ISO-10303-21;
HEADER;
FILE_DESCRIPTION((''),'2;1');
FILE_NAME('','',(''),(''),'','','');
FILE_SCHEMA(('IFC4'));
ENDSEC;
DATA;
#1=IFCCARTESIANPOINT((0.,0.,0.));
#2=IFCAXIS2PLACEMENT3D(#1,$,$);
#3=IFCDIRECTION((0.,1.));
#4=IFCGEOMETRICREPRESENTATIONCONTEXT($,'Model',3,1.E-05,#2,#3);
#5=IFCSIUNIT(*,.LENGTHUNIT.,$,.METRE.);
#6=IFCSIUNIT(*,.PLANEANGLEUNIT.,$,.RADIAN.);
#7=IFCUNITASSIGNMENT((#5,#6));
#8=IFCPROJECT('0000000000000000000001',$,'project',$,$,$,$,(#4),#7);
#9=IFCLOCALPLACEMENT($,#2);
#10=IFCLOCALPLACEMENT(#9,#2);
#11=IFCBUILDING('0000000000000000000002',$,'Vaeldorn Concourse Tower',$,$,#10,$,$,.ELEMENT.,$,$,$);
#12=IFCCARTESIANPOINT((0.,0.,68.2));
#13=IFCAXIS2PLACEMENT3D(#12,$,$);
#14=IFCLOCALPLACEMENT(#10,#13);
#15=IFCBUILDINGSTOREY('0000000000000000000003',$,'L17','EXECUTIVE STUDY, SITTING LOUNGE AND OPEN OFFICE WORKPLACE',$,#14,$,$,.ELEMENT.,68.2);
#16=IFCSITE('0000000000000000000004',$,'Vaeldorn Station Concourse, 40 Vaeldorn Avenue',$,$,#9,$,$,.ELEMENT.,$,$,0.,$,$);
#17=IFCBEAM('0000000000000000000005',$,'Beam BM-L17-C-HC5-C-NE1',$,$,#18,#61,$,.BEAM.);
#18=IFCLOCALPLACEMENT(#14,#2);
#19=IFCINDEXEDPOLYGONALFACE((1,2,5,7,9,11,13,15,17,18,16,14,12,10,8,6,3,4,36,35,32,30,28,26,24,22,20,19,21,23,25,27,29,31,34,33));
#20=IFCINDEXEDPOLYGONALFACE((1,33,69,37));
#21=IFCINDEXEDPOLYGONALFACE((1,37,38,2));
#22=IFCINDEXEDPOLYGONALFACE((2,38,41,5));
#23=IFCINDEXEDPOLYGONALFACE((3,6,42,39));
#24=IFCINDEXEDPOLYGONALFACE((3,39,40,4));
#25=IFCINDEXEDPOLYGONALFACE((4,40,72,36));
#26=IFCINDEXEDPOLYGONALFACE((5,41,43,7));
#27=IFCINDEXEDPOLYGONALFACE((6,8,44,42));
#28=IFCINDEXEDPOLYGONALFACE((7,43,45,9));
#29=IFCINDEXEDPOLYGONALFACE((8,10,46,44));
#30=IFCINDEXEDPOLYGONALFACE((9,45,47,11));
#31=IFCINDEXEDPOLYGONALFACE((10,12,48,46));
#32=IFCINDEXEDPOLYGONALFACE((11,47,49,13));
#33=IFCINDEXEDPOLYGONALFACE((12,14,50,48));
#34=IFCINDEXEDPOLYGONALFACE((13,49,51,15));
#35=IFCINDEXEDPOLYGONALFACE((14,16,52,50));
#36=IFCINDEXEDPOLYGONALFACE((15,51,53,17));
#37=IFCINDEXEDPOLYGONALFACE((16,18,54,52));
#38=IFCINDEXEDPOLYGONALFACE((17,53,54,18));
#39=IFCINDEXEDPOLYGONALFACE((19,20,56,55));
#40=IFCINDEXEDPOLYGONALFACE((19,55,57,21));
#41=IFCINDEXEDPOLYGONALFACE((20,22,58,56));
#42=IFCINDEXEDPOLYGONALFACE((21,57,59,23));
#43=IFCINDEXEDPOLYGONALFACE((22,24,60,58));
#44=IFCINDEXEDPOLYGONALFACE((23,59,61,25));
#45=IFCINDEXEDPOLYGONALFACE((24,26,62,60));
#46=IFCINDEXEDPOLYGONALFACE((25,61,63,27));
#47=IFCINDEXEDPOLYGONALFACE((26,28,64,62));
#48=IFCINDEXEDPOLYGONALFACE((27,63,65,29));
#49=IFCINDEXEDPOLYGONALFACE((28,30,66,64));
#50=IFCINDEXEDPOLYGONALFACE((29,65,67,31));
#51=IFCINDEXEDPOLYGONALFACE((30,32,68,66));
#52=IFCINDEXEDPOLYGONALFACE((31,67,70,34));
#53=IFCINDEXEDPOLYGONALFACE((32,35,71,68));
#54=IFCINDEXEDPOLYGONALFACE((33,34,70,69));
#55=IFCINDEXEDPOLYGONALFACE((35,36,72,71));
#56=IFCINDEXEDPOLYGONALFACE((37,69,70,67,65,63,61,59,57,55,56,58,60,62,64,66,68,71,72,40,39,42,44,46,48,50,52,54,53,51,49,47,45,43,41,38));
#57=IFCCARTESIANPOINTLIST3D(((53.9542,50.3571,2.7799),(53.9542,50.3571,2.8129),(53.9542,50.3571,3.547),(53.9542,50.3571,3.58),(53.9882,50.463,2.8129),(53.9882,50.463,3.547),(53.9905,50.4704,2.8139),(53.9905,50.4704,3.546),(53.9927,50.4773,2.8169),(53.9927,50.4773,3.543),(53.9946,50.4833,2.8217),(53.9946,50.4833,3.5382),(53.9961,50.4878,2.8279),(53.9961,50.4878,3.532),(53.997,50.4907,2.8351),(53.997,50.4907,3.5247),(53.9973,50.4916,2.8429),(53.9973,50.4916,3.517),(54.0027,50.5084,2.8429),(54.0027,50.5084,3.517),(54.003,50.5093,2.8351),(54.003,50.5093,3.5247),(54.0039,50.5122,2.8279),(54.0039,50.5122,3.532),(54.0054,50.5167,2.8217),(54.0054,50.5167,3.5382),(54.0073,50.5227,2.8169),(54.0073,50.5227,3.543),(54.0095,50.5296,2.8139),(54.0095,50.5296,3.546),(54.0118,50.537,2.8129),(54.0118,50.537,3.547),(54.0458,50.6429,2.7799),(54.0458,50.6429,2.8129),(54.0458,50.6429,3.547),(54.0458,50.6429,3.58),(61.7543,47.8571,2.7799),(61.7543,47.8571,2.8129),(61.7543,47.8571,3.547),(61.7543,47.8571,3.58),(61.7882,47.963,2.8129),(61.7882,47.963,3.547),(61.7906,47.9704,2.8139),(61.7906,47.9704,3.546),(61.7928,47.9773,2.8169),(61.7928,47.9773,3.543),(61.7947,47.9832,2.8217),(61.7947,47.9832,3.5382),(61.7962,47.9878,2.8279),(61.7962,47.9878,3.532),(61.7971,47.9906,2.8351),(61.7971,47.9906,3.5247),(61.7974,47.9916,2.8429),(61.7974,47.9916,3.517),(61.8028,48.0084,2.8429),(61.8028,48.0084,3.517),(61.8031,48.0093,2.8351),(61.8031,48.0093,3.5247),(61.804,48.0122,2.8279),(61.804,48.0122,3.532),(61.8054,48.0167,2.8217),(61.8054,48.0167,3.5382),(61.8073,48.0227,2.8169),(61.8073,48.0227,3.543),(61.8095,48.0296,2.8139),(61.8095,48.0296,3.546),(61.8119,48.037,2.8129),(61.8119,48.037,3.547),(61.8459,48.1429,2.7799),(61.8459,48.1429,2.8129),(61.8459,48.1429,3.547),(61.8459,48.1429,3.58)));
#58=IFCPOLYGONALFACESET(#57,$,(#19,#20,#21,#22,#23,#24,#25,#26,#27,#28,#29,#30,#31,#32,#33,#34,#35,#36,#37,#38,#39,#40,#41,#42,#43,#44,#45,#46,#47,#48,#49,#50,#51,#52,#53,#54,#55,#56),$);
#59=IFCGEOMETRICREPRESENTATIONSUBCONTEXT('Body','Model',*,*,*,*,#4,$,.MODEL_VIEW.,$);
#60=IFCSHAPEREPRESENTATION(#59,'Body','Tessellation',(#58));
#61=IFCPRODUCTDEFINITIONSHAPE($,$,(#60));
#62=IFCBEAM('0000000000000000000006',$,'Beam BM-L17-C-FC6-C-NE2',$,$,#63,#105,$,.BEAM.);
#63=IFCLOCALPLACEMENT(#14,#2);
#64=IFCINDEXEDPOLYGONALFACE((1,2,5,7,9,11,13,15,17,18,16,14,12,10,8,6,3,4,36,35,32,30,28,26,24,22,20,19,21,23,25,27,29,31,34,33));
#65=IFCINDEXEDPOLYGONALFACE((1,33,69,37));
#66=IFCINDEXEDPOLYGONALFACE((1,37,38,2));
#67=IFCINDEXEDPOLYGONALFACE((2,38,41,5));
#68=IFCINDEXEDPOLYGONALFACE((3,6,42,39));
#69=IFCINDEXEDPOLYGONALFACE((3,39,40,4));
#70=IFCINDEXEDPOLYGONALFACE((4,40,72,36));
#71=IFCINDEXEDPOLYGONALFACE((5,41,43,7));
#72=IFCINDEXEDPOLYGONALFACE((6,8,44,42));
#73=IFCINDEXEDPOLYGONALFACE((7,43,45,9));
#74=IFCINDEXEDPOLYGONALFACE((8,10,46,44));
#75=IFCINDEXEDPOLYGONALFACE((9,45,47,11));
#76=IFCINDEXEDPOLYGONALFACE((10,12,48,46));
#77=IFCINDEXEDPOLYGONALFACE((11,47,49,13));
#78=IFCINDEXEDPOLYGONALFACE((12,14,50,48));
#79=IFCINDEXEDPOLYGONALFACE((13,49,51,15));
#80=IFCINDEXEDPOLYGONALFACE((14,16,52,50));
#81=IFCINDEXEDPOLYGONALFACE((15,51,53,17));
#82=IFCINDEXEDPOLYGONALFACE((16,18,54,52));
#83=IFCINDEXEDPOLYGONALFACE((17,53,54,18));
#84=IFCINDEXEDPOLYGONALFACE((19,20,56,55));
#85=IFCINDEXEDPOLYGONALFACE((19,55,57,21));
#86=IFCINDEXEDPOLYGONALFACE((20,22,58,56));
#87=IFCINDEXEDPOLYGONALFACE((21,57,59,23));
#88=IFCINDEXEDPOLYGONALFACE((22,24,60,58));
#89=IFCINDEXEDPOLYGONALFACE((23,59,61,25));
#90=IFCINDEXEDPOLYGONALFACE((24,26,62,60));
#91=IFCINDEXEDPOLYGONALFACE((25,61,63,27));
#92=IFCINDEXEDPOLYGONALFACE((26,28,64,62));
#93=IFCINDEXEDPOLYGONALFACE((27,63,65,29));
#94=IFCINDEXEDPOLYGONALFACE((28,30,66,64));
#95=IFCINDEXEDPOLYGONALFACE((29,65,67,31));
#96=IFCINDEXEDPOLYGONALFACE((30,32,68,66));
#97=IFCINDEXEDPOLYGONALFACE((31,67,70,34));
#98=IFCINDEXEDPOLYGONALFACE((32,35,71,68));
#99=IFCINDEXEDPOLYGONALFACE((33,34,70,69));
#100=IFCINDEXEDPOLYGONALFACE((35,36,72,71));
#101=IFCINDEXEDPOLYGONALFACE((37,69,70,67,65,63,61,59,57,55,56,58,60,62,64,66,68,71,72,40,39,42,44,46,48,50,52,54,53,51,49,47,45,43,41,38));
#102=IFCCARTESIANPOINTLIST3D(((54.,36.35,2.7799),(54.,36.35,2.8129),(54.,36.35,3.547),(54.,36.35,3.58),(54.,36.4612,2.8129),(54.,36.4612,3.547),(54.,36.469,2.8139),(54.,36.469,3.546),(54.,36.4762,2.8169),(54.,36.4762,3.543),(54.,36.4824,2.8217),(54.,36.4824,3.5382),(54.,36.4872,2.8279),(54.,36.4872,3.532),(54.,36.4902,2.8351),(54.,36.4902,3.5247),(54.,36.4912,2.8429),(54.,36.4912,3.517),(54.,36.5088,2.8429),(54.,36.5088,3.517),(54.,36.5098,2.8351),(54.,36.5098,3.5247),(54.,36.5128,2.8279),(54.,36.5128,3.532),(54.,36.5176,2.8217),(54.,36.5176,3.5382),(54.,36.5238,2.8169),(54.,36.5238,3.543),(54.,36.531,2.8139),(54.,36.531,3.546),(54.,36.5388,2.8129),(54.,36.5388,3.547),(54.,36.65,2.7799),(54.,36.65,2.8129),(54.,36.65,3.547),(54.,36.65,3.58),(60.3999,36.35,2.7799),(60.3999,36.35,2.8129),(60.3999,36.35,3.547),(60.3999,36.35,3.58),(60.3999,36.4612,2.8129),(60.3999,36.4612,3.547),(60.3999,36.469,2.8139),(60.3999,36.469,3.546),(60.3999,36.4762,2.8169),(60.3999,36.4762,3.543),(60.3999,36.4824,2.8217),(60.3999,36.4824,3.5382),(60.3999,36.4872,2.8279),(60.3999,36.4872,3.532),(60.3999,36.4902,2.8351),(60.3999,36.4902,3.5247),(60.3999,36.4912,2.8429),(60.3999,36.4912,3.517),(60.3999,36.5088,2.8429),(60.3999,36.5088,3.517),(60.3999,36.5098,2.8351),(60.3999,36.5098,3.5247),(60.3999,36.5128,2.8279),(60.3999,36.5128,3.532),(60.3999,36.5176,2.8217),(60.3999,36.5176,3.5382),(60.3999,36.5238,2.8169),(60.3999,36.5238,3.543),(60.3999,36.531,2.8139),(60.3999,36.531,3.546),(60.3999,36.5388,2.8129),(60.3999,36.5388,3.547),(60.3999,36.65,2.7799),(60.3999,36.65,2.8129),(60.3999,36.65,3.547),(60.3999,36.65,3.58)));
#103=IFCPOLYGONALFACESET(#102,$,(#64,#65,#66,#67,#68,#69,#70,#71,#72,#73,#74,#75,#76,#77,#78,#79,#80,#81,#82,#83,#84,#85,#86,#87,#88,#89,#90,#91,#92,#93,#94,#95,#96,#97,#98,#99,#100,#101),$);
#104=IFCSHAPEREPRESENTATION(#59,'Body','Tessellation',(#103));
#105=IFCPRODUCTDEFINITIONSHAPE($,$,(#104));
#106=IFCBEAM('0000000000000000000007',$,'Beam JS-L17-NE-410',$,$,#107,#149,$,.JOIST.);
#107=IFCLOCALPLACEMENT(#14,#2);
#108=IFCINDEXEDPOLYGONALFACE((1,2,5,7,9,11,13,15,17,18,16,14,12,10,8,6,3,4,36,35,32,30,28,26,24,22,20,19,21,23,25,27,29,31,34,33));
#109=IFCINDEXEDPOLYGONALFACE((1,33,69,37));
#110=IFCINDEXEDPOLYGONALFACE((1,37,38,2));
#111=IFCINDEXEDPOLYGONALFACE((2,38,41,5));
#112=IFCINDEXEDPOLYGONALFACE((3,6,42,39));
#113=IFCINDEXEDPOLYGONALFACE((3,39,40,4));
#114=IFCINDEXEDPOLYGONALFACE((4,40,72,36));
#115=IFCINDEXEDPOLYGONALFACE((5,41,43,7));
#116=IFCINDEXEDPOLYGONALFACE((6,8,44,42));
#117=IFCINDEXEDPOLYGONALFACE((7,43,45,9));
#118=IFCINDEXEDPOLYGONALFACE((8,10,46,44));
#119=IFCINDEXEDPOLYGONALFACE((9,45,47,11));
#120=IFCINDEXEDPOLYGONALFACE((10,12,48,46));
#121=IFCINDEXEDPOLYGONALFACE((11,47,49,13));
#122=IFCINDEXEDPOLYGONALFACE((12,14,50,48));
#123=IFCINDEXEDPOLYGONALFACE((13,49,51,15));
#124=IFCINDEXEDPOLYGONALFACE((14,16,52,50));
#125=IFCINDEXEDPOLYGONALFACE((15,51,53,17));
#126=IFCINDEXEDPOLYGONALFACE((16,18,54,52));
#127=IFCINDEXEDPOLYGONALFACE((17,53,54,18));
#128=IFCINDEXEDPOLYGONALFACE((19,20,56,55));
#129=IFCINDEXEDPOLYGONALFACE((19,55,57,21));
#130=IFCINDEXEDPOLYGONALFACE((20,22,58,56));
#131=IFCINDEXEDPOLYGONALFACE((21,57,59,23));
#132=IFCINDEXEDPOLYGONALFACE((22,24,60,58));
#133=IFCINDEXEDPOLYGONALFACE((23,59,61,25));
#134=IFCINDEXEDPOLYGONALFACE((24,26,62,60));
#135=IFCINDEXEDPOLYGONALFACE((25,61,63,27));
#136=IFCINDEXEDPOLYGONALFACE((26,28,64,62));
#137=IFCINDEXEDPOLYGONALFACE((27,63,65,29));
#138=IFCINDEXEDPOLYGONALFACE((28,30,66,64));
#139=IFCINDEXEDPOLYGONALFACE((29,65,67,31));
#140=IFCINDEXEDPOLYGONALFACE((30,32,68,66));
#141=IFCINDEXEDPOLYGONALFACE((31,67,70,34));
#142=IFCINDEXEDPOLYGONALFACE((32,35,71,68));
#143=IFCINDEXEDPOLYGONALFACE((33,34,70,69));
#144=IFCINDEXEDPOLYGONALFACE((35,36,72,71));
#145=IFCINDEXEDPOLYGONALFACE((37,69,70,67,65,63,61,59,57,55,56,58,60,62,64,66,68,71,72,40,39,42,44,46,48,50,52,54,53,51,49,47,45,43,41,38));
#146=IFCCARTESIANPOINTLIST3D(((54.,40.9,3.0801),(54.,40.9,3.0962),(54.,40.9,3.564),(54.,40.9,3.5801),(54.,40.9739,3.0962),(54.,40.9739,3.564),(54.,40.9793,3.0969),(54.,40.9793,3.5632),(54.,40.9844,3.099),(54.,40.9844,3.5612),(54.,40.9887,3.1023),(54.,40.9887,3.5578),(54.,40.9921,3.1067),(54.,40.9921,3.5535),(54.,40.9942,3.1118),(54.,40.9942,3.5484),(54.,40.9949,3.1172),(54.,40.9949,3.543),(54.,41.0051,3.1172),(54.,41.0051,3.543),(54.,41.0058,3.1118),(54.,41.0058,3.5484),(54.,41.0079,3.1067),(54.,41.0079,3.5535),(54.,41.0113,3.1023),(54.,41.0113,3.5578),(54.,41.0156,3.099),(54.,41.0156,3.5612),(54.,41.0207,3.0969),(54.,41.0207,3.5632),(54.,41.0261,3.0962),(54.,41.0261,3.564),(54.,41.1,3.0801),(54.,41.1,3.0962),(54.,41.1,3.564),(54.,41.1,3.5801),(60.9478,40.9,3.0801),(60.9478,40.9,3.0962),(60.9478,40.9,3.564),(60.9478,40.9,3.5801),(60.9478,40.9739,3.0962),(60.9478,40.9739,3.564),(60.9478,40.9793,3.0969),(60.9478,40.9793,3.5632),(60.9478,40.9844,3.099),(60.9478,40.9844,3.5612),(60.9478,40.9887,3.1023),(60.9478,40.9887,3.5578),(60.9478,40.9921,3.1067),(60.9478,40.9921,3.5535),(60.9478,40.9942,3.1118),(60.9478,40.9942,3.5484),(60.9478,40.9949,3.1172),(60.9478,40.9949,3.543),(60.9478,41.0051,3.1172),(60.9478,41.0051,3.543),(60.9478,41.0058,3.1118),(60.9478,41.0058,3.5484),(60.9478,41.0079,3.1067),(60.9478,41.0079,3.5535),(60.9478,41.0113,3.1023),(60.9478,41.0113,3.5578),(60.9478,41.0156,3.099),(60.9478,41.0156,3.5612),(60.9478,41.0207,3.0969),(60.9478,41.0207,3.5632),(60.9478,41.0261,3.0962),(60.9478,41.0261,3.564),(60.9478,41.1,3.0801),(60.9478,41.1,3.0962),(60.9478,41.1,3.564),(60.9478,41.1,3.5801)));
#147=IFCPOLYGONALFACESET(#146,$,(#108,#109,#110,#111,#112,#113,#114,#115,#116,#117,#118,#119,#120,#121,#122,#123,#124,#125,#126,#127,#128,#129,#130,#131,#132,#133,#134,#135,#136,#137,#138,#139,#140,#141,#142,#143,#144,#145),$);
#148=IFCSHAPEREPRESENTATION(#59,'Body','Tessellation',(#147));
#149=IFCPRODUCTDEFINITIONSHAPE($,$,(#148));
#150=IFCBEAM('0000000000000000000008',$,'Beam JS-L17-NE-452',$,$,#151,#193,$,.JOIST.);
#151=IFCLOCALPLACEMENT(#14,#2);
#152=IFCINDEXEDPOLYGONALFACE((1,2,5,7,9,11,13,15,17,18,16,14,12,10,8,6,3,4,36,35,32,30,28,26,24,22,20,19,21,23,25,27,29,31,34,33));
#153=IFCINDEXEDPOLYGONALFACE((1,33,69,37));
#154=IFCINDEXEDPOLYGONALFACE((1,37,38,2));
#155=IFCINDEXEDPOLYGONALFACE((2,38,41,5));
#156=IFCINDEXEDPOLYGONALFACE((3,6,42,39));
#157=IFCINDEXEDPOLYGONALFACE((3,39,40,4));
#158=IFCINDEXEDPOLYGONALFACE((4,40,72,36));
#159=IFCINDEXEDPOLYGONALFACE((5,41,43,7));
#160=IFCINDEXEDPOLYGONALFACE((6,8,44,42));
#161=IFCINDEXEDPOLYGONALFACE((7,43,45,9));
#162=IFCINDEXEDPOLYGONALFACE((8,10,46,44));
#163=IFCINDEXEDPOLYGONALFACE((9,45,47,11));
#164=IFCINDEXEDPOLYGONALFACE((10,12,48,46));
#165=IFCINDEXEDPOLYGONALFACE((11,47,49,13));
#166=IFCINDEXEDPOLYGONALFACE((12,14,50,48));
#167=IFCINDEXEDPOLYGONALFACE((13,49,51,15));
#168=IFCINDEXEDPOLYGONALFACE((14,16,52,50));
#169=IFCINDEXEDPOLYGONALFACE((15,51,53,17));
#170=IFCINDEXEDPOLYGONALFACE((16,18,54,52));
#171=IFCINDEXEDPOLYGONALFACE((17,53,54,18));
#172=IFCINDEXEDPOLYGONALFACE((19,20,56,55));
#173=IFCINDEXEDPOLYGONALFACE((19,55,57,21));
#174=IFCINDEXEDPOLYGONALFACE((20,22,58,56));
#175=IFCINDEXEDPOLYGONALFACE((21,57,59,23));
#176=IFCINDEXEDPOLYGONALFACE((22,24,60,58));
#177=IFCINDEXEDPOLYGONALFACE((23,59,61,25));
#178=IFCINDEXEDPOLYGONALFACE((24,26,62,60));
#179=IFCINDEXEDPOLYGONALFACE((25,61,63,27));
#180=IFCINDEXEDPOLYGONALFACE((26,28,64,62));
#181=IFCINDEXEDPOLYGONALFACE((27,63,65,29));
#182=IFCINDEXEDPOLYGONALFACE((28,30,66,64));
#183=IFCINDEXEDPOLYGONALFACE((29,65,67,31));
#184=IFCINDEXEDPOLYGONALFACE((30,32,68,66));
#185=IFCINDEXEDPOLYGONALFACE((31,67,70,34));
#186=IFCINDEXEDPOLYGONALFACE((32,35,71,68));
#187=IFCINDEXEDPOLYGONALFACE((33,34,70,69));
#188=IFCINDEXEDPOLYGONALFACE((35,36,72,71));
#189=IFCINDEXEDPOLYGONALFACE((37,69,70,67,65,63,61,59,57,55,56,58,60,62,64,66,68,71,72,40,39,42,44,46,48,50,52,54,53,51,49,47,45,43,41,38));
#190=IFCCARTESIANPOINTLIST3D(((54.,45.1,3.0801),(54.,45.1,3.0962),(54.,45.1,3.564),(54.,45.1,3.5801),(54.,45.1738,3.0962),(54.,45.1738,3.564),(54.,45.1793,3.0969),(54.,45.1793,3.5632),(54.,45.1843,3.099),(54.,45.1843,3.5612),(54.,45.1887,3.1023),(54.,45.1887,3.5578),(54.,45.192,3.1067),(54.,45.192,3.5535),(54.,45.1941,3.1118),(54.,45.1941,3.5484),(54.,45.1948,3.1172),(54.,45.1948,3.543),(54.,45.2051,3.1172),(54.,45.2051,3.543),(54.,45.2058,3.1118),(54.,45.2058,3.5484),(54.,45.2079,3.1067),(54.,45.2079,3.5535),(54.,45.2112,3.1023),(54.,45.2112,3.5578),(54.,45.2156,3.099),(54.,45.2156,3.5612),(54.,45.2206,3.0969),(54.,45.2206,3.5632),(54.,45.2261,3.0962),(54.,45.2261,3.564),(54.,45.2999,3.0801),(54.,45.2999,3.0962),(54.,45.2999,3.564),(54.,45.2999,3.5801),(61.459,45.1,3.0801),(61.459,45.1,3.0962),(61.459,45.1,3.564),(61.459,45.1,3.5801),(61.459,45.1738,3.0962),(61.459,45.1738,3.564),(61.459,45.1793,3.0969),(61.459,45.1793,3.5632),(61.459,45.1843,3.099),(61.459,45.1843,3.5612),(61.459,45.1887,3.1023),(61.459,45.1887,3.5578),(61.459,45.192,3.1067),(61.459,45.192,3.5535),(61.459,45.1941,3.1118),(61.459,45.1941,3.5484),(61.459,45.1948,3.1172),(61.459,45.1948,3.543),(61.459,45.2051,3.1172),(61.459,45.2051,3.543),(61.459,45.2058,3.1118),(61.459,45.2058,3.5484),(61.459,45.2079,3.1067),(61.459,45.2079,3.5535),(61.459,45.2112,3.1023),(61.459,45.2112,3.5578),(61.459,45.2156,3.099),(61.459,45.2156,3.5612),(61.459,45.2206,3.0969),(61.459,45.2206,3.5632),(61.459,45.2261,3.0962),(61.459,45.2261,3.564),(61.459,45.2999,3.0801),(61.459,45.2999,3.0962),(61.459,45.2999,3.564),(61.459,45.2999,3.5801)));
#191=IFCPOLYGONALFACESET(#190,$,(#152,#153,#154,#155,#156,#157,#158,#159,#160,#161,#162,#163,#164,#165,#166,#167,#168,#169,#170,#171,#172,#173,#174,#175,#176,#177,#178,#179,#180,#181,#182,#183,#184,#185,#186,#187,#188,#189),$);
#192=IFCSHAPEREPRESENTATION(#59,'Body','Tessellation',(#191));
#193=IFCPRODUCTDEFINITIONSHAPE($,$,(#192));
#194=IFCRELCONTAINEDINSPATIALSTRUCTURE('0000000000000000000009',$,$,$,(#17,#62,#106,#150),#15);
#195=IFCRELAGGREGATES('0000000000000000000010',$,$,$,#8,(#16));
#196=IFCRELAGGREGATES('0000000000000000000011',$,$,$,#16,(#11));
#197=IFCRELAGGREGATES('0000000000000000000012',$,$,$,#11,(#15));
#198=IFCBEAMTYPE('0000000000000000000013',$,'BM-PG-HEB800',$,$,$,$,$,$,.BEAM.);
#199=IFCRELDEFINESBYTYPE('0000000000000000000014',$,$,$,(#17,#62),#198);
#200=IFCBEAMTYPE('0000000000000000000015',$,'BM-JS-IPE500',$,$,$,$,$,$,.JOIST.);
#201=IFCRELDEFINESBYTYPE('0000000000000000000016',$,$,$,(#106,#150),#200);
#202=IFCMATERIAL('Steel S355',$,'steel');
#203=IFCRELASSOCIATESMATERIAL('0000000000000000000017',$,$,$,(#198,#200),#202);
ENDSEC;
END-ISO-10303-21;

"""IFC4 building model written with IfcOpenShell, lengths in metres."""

from ifc_helpers import new_model, si_unit, direction, frame, origin, origin_2d, place, context, subcontext, project, spatial, i_section, extrude, source, transform, mapped, material, material_profile, profile_set, type_object, element, save


model = new_model("IFC4")

# Units and contexts
model_context = context("Model", 3, precision=1e-05, world=origin(), true_north=direction((0.0, 1.0)))
body_context = subcontext(model_context, "Body", "Model", "MODEL_VIEW")
ifc_project = project(units=[si_unit("LENGTHUNIT", "METRE"), si_unit("PLANEANGLEUNIT", "RADIAN")], contexts=[model_context])

# Site, building, storey
site_placement = place(None, origin())
site = spatial("IfcSite", under=ifc_project, at=site_placement, Name="Vaeldorn Station Concourse, 40 Vaeldorn Avenue", CompositionType="ELEMENT", RefElevation=0.0)
building_placement = place(site_placement, origin())
building = spatial("IfcBuilding", under=site, at=building_placement, Name="Vaeldorn Concourse Tower", CompositionType="ELEMENT")
storey_placement = place(building_placement, frame((0.0, 0.0, 68.2)))
storey = spatial("IfcBuildingStorey", under=building, at=storey_placement, Name="L17", Description="EXECUTIVE STUDY, SITTING LOUNGE AND OPEN OFFICE WORKPLACE", CompositionType="ELEMENT", Elevation=68.2)

# Beams
ifc_material_1 = material(Name="Steel S355", Category="steel")
ifc_material_profile_1 = material_profile(ifc_material_1, i_section(OverallWidth=0.3, OverallDepth=0.8, WebThickness=0.0176, FlangeThickness=0.033, FilletRadius=0.03, at=origin_2d()), Name="HEB 800")
ifc_profile_set_1 = profile_set([ifc_material_profile_1], Name="Steel S355")
beam_type_1 = type_object("IfcBeamType", Name="BM-PG-HEB800", PredefinedType="BEAM", material=ifc_profile_set_1)
shared_shape_1 = source(origin(), body_context, "Body", "SweptSolid", [
    extrude(i_section(OverallWidth=0.3, OverallDepth=0.8, WebThickness=0.0176, FlangeThickness=0.033, FilletRadius=0.03, at=origin_2d()), origin(), (0.0, 0.0, 1.0), 8.1909),
])
beam_1_placement = place(storey_placement, frame((54.0, 50.5, 3.1799), z_axis=(0.952283, -0.305217, 0.0), x_axis=(0.305217, 0.952283, 0.0)))
element("IfcBeam", 1, at=beam_1_placement, inside=storey, type_object=beam_type_1, Name="Beam BM-L17-C-HC5-C-NE1", PredefinedType="BEAM", context=body_context, shape_type="MappedRepresentation", body=[
    mapped(shared_shape_1, transform((0.0, 0.0, 0.0), scale=1.0)),
])
shared_shape_2 = source(origin(), body_context, "Body", "SweptSolid", [
    extrude(i_section(OverallWidth=0.3, OverallDepth=0.8, WebThickness=0.0176, FlangeThickness=0.033, FilletRadius=0.03, at=origin_2d()), origin(), (0.0, 0.0, 1.0), 6.3999),
])
beam_2_placement = place(storey_placement, frame((54.0, 36.5, 3.1799), z_axis=(1.0, 0.0, 0.0), x_axis=(0.0, 1.0, 0.0)))
element("IfcBeam", 2, at=beam_2_placement, inside=storey, type_object=beam_type_1, Name="Beam BM-L17-C-FC6-C-NE2", PredefinedType="BEAM", context=body_context, shape_type="MappedRepresentation", body=[
    mapped(shared_shape_2, transform((0.0, 0.0, 0.0), scale=1.0)),
])
ifc_material_profile_2 = material_profile(ifc_material_1, i_section(OverallWidth=0.2, OverallDepth=0.5, WebThickness=0.0103, FlangeThickness=0.0161, FilletRadius=0.021, at=origin_2d()), Name="IPE 500")
ifc_profile_set_2 = profile_set([ifc_material_profile_2], Name="Steel S355")
beam_type_2 = type_object("IfcBeamType", Name="BM-JS-IPE500", PredefinedType="JOIST", material=ifc_profile_set_2)
shared_shape_3 = source(origin(), body_context, "Body", "SweptSolid", [
    extrude(i_section(OverallWidth=0.2, OverallDepth=0.5, WebThickness=0.0103, FlangeThickness=0.0161, FilletRadius=0.021, at=origin_2d()), origin(), (0.0, 0.0, 1.0), 6.9478),
])
beam_3_placement = place(storey_placement, frame((54.0, 41.0, 3.3301), z_axis=(1.0, 0.0, 0.0), x_axis=(0.0, 1.0, 0.0)))
element("IfcBeam", 3, at=beam_3_placement, inside=storey, type_object=beam_type_2, Name="Beam JS-L17-NE-410", PredefinedType="JOIST", context=body_context, shape_type="MappedRepresentation", body=[
    mapped(shared_shape_3, transform((0.0, 0.0, 0.0), scale=1.0)),
])
shared_shape_4 = source(origin(), body_context, "Body", "SweptSolid", [
    extrude(i_section(OverallWidth=0.2, OverallDepth=0.5, WebThickness=0.0103, FlangeThickness=0.0161, FilletRadius=0.021, at=origin_2d()), origin(), (0.0, 0.0, 1.0), 7.459),
])
beam_4_placement = place(storey_placement, frame((54.0, 45.2, 3.3301), z_axis=(1.0, 0.0, 0.0), x_axis=(0.0, 1.0, 0.0)))
element("IfcBeam", 4, at=beam_4_placement, inside=storey, type_object=beam_type_2, Name="Beam JS-L17-NE-452", PredefinedType="JOIST", context=body_context, shape_type="MappedRepresentation", body=[
    mapped(shared_shape_4, transform((0.0, 0.0, 0.0), scale=1.0)),
])

save(model, "model.ifc")
